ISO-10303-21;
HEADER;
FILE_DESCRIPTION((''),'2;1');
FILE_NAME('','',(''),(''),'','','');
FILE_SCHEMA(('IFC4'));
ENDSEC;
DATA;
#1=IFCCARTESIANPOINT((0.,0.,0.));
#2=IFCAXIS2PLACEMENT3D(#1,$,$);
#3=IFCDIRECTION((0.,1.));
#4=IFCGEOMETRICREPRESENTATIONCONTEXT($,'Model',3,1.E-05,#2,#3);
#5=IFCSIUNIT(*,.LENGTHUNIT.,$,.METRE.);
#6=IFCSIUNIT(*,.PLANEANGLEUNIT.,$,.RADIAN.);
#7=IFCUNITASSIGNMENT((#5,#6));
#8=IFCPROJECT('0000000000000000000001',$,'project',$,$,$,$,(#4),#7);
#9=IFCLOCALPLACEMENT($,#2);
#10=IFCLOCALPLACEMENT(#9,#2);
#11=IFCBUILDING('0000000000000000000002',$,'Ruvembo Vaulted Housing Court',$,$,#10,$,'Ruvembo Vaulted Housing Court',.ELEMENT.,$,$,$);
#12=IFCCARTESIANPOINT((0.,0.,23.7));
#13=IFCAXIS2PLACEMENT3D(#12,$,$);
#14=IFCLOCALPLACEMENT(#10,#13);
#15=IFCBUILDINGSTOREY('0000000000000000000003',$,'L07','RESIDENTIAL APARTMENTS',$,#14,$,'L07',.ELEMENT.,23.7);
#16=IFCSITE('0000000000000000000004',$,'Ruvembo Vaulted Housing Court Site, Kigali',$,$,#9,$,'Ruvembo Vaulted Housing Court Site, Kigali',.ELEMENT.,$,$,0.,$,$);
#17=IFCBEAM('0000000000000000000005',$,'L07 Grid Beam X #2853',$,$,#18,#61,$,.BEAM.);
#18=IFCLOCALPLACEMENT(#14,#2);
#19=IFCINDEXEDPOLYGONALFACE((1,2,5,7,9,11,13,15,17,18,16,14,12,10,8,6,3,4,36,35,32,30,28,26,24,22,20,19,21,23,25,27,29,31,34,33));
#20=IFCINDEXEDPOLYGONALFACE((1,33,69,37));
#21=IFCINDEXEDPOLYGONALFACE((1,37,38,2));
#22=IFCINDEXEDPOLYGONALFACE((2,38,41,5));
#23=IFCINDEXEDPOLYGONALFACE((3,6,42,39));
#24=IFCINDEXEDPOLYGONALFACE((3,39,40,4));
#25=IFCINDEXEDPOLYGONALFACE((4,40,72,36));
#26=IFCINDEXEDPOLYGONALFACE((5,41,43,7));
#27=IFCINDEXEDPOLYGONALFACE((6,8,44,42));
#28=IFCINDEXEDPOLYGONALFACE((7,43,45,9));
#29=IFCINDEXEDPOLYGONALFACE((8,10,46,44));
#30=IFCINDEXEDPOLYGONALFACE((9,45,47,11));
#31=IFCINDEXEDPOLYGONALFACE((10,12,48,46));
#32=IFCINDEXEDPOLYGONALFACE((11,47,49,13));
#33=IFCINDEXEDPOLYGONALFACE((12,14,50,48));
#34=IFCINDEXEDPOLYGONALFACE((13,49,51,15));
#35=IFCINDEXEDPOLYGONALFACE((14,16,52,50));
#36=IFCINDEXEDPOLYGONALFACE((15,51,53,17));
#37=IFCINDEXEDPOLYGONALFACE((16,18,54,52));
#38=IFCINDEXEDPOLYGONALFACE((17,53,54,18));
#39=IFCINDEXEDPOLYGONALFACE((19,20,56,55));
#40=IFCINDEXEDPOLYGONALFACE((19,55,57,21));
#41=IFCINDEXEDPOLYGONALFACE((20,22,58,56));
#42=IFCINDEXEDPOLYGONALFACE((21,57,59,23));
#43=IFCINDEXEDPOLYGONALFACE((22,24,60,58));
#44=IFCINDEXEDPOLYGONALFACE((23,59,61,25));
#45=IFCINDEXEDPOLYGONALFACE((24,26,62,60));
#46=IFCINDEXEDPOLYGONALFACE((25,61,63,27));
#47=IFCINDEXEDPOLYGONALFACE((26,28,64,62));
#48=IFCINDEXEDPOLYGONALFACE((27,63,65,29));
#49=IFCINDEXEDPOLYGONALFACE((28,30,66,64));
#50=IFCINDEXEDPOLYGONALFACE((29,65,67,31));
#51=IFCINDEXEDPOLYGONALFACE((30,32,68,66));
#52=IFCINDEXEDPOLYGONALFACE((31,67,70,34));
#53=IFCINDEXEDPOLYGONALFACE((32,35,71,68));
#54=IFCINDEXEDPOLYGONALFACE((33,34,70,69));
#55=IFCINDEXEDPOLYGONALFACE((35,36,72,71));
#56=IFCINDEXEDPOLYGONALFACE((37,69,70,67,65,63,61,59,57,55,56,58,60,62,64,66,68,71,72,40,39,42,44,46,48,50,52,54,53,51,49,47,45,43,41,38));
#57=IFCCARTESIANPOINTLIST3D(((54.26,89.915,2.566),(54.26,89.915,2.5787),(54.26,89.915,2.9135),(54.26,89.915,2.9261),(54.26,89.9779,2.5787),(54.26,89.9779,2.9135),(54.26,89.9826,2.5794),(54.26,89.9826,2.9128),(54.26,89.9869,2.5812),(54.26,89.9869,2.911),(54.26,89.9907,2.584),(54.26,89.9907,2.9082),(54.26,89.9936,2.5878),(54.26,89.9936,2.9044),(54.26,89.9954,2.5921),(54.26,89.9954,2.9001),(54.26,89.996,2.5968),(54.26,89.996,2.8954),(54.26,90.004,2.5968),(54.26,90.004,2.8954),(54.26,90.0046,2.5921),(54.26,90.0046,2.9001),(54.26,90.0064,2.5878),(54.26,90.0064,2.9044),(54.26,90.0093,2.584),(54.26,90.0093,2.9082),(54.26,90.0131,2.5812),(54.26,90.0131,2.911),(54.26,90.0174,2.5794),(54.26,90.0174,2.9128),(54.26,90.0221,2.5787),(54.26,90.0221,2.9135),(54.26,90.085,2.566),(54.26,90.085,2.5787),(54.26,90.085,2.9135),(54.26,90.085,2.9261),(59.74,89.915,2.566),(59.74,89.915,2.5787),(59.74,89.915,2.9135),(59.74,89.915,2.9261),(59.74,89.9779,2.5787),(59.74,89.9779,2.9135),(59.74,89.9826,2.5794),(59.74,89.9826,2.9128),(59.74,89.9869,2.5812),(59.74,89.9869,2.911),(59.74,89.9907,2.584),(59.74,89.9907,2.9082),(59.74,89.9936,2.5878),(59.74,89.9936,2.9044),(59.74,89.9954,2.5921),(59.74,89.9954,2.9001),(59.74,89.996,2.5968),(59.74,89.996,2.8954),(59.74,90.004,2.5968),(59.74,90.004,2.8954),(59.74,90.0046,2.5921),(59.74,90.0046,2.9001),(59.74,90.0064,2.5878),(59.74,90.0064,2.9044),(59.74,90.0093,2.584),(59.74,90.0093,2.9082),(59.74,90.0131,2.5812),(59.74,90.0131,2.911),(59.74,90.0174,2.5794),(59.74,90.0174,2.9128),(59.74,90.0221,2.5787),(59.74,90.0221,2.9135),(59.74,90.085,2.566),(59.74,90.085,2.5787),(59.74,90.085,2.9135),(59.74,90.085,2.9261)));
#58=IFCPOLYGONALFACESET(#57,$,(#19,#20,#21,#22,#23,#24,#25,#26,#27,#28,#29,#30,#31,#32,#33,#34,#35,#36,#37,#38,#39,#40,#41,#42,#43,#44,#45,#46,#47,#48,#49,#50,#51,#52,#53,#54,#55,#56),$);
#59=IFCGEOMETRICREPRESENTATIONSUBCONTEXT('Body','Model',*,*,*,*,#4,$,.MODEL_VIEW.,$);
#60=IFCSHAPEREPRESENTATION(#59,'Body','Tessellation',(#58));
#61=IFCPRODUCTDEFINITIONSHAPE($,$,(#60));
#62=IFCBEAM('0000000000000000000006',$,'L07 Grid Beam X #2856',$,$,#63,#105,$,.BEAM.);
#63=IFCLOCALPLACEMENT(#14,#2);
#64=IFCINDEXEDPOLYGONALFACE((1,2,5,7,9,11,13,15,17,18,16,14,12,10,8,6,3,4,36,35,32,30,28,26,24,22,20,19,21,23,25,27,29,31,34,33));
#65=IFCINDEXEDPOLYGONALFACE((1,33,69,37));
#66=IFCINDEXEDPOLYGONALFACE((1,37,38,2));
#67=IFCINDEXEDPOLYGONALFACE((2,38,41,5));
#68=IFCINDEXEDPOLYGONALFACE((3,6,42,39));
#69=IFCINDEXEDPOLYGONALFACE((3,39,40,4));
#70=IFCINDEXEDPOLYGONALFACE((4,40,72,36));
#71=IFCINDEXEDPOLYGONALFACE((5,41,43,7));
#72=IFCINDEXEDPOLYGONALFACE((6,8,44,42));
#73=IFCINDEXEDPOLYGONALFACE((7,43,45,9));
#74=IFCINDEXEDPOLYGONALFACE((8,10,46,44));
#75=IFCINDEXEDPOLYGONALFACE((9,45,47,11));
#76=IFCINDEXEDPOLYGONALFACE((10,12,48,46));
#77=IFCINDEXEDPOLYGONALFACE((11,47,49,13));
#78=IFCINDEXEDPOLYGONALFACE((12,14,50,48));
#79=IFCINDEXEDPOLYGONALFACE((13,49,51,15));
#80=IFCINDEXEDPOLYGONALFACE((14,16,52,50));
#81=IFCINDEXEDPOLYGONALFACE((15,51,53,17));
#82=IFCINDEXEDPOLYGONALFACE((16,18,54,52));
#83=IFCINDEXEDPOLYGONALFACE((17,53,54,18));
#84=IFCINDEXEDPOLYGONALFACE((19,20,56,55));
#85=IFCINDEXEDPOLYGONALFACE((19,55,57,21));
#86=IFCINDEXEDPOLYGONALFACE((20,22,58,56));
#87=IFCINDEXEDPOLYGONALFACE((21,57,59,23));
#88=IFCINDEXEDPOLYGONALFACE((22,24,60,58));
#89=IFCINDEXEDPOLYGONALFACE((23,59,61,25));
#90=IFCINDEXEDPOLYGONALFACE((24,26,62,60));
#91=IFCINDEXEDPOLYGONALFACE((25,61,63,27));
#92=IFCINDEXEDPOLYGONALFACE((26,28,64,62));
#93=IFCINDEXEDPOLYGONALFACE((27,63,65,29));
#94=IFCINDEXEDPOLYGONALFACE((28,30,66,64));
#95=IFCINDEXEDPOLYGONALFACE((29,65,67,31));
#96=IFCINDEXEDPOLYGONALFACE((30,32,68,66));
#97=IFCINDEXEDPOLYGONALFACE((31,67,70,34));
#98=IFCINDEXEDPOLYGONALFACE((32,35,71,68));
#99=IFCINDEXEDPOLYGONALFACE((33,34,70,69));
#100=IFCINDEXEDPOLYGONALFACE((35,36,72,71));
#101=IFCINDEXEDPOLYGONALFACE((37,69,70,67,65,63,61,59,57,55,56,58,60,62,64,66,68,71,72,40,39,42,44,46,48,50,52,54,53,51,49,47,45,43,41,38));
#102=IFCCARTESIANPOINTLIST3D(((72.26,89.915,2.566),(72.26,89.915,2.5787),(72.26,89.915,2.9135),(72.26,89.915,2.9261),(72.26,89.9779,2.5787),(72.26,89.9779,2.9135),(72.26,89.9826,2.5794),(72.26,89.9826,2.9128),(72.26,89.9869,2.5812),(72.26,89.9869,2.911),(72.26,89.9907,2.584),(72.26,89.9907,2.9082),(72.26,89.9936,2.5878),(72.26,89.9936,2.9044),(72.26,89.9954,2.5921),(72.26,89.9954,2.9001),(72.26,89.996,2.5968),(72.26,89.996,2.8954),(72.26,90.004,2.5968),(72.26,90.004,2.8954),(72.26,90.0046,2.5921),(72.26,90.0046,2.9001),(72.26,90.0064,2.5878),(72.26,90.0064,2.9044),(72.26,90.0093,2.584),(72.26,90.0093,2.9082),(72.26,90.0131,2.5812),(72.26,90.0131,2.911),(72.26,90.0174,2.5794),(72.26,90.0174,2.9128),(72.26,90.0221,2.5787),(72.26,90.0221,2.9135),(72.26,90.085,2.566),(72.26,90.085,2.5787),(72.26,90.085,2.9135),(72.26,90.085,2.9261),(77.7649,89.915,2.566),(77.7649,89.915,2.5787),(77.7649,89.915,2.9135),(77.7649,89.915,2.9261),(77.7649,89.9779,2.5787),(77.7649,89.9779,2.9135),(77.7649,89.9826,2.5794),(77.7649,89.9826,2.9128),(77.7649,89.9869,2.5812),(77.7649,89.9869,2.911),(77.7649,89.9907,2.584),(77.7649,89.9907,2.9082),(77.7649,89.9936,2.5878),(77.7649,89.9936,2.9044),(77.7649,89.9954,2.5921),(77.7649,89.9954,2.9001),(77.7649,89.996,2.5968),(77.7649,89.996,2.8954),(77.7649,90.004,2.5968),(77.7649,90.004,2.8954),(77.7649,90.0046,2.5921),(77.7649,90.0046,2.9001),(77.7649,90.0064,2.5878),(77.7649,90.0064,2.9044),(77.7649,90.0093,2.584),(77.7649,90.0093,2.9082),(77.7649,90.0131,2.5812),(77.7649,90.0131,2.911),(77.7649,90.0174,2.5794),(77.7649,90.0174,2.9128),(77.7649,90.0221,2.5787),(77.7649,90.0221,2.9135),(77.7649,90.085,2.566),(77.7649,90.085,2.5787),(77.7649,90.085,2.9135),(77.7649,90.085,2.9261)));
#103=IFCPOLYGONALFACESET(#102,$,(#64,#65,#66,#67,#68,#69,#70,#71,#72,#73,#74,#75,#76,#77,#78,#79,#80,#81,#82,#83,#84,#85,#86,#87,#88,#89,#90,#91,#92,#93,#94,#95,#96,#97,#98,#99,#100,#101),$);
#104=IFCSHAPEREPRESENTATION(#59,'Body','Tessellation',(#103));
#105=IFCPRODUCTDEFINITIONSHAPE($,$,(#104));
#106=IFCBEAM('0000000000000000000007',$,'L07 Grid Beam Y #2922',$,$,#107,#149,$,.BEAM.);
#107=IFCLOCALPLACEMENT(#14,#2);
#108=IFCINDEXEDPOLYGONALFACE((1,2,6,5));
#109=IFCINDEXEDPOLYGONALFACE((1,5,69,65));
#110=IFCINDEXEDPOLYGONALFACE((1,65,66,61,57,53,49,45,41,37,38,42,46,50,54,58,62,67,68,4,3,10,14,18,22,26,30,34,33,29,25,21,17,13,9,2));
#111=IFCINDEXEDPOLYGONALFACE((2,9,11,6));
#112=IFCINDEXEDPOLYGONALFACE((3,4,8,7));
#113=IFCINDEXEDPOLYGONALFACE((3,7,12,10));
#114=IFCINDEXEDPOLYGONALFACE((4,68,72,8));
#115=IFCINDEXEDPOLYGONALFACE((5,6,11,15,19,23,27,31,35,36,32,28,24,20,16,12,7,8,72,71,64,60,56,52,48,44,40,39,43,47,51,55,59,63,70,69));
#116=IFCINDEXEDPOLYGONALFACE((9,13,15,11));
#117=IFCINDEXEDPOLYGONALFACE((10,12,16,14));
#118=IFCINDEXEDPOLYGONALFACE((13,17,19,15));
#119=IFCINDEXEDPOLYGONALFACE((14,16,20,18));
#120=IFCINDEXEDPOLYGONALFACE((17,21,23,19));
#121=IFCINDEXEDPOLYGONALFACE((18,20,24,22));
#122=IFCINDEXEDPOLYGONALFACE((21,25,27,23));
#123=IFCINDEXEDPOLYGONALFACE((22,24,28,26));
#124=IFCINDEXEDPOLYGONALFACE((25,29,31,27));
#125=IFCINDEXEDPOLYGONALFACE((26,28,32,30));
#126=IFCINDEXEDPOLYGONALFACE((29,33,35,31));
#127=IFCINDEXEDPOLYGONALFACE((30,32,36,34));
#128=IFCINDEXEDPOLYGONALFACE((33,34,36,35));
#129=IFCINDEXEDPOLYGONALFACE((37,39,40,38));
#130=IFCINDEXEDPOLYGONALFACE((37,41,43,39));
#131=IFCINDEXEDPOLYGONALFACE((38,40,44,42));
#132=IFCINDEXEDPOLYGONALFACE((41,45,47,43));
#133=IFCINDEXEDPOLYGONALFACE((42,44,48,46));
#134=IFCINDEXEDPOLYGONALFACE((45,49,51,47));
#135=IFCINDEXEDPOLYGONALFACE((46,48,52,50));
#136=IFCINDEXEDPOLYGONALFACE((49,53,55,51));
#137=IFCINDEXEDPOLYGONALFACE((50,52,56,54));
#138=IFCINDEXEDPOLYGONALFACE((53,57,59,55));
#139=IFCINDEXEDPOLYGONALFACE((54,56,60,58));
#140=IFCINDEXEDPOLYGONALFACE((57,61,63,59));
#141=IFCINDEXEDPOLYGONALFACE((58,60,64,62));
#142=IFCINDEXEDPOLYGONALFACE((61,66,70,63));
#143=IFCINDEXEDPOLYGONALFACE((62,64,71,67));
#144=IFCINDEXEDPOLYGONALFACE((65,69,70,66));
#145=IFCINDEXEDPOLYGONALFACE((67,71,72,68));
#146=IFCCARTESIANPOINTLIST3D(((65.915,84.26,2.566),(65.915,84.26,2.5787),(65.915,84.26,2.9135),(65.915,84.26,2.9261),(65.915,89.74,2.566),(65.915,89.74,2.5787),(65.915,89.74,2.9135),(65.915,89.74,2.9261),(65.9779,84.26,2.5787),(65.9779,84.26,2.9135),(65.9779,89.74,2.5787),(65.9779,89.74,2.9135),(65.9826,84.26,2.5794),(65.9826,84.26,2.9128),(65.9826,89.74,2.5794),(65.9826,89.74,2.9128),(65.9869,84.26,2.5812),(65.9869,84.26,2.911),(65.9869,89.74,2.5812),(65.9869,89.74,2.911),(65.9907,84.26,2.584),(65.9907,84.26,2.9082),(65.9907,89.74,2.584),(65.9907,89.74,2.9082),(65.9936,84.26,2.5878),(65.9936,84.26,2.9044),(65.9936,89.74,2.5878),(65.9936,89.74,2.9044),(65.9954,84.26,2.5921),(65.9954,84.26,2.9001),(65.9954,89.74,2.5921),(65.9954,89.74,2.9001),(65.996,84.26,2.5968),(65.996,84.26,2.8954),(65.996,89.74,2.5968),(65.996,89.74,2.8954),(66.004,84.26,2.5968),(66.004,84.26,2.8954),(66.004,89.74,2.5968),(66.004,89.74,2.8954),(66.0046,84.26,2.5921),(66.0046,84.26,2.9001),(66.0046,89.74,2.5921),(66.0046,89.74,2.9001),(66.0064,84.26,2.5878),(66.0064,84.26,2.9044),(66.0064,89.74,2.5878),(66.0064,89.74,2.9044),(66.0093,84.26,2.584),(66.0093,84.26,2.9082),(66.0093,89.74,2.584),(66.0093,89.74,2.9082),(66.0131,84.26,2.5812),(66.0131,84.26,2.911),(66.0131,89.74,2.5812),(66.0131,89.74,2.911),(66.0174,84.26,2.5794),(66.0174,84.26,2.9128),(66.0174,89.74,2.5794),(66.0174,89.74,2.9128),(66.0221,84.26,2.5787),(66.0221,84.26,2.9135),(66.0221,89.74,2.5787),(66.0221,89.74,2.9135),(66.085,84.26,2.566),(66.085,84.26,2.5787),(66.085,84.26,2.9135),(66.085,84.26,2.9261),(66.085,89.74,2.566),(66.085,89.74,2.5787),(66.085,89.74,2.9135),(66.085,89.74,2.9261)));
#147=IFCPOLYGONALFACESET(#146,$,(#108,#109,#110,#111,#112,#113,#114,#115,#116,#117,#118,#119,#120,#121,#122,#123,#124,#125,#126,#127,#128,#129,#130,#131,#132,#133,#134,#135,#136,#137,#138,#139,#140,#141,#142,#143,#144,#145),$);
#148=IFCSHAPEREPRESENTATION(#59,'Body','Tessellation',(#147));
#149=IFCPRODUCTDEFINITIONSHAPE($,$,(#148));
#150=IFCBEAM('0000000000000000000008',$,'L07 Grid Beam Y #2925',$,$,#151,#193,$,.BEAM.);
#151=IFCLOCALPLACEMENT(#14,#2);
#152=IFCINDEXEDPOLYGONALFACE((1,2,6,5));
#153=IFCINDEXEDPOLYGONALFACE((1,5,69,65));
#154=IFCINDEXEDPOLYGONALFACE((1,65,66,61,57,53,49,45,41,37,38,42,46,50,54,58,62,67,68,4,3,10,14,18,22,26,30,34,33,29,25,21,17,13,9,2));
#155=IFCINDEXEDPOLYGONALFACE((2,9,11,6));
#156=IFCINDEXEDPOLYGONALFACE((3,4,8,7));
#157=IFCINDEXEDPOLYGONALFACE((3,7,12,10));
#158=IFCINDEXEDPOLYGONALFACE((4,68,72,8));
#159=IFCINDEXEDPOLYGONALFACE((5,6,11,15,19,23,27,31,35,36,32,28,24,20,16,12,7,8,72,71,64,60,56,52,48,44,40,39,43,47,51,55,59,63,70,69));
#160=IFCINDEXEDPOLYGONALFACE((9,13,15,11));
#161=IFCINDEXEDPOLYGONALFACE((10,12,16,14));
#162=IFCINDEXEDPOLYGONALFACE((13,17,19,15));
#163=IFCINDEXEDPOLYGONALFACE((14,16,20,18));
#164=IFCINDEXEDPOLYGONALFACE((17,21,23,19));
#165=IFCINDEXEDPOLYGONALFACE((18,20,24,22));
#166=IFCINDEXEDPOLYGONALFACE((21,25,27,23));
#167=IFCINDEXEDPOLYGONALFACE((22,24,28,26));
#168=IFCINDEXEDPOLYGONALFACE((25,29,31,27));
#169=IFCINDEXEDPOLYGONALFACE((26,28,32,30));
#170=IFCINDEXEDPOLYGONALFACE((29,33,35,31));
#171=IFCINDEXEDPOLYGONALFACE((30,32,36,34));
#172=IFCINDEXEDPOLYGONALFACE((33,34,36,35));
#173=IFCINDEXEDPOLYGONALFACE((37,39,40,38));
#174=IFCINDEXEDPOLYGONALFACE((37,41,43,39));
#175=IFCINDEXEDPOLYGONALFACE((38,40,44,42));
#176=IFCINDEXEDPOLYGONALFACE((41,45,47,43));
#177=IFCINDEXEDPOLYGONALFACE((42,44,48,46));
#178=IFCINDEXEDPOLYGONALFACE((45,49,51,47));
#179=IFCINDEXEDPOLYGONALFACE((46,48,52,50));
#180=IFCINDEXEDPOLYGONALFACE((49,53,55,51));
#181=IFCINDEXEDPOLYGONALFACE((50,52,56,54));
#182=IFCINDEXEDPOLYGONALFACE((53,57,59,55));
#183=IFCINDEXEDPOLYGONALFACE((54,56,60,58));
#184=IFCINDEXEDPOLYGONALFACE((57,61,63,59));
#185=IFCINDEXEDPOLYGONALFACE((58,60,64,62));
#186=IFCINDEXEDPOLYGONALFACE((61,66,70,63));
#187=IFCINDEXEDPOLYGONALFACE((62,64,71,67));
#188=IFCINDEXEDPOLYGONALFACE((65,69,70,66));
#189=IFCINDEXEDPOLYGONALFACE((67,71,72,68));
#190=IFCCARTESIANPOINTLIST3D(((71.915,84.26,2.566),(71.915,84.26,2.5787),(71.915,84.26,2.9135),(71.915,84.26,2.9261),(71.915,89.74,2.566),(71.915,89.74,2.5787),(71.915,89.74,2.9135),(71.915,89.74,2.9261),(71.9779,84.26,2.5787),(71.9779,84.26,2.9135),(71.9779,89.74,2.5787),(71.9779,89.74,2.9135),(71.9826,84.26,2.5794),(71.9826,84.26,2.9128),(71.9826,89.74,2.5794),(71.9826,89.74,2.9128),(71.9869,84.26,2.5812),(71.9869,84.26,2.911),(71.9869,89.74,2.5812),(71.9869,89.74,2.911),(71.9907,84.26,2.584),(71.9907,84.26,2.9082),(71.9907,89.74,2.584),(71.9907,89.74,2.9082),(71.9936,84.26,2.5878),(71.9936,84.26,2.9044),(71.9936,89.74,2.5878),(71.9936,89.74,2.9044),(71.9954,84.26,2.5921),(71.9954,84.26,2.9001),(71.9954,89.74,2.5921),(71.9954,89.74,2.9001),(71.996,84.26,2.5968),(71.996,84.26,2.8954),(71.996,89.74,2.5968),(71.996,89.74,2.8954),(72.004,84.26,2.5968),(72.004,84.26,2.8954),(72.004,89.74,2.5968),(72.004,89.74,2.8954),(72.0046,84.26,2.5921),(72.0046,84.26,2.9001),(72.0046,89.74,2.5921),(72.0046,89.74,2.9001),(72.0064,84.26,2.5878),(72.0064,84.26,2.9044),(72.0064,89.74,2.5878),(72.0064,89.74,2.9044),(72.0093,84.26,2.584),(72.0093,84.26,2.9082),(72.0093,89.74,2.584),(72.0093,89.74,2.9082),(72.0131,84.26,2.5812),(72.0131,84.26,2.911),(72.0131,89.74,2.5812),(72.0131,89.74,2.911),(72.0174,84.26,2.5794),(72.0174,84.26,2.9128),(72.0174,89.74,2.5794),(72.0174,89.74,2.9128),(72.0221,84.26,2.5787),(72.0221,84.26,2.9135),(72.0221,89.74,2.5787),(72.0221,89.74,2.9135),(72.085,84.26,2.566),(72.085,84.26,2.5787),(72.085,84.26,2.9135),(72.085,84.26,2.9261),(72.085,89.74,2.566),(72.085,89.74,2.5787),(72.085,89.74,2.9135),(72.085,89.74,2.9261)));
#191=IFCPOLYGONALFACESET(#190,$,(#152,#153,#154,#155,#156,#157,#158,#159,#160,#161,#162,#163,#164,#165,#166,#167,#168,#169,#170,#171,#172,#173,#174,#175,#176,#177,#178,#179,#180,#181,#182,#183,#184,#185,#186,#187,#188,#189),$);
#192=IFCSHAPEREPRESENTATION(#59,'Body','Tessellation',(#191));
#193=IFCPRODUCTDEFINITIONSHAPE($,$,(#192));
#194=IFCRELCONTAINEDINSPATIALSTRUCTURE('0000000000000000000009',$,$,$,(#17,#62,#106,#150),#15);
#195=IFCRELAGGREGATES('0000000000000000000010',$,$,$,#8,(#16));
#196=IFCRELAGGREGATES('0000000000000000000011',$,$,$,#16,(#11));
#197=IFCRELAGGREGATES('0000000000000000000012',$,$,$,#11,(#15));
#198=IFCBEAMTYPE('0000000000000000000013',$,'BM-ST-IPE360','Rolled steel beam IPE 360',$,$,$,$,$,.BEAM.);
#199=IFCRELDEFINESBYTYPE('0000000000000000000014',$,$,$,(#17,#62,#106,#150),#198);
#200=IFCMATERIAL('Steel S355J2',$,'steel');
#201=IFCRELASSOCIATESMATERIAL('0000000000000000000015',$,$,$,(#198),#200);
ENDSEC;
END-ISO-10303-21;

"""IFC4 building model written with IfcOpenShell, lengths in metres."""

from ifc_helpers import new_model, si_unit, direction, frame, origin, origin_2d, place, context, subcontext, project, spatial, i_section, extrude, material, material_profile, profile_set, type_object, element, save


model = new_model("IFC4")

# Units and contexts
model_context = context("Model", 3, precision=1e-05, world=origin(), true_north=direction((0.0, 1.0)))
body_context = subcontext(model_context, "Body", "Model", "MODEL_VIEW")
ifc_project = project(units=[si_unit("LENGTHUNIT", "METRE"), si_unit("PLANEANGLEUNIT", "RADIAN")], contexts=[model_context])

# Site, building, storey
site_placement = place(None, origin())
site = spatial("IfcSite", under=ifc_project, at=site_placement, Name="Ruvembo Vaulted Housing Court Site, Kigali", LongName="Ruvembo Vaulted Housing Court Site, Kigali", CompositionType="ELEMENT", RefElevation=0.0)
building_placement = place(site_placement, origin())
building = spatial("IfcBuilding", under=site, at=building_placement, Name="Ruvembo Vaulted Housing Court", LongName="Ruvembo Vaulted Housing Court", CompositionType="ELEMENT")
storey_placement = place(building_placement, frame((0.0, 0.0, 23.7)))
storey = spatial("IfcBuildingStorey", under=building, at=storey_placement, Name="L07", Description="RESIDENTIAL APARTMENTS", LongName="L07", CompositionType="ELEMENT", Elevation=23.7)

# Beams
ifc_material_1 = material(Name="Steel S355J2", Category="steel")
ifc_material_profile_1 = material_profile(ifc_material_1, i_section(OverallWidth=0.1699, OverallDepth=0.3601, WebThickness=0.0081, FlangeThickness=0.0127, FilletRadius=0.0181, at=origin_2d()), Name="IPE 360")
ifc_profile_set_1 = profile_set([ifc_material_profile_1], Name="Steel S355J2")
beam_type_1 = type_object("IfcBeamType", Name="BM-ST-IPE360", Description="Rolled steel beam IPE 360", PredefinedType="BEAM", material=ifc_profile_set_1)
beam_1_placement = place(storey_placement, frame((54.26, 90.0, 2.7461), z_axis=(1.0, 0.0, 0.0), x_axis=(0.0, 1.0, 0.0)))
element("IfcBeam", 1, at=beam_1_placement, inside=storey, type_object=beam_type_1, Name="L07 Grid Beam X #2853", PredefinedType="BEAM", context=body_context, shape_type="SweptSolid", body=[
    extrude(i_section(OverallWidth=0.1699, OverallDepth=0.3601, WebThickness=0.0081, FlangeThickness=0.0127, FilletRadius=0.0181, at=origin_2d()), origin(), (0.0, 0.0, 1.0), 5.48),
])
beam_2_placement = place(storey_placement, frame((72.26, 90.0, 2.7461), z_axis=(1.0, 0.0, 0.0), x_axis=(0.0, 1.0, 0.0)))
element("IfcBeam", 2, at=beam_2_placement, inside=storey, type_object=beam_type_1, Name="L07 Grid Beam X #2856", PredefinedType="BEAM", context=body_context, shape_type="SweptSolid", body=[
    extrude(i_section(OverallWidth=0.1699, OverallDepth=0.3601, WebThickness=0.0081, FlangeThickness=0.0127, FilletRadius=0.0181, at=origin_2d()), origin(), (0.0, 0.0, 1.0), 5.5049),
])
for number, where, z_axis, x_axis, name in (
    (3, (66.0, 84.26, 2.7461), (0.0, 1.0, 0.0), (-1.0, 0.0, 0.0), "L07 Grid Beam Y #2922"),
    (4, (72.0, 84.26, 2.7461), (0.0, 1.0, 0.0), (-1.0, 0.0, 0.0), "L07 Grid Beam Y #2925"),
):
    element("IfcBeam", number, at=place(storey_placement, frame(where, z_axis=z_axis, x_axis=x_axis)), inside=storey, type_object=beam_type_1, Name=name, PredefinedType="BEAM", context=body_context, shape_type="SweptSolid", body=[
        extrude(i_section(OverallWidth=0.1699, OverallDepth=0.3601, WebThickness=0.0081, FlangeThickness=0.0127, FilletRadius=0.0181, at=origin_2d()), origin(), (0.0, 0.0, 1.0), 5.48),
    ])

save(model, "model.ifc")
